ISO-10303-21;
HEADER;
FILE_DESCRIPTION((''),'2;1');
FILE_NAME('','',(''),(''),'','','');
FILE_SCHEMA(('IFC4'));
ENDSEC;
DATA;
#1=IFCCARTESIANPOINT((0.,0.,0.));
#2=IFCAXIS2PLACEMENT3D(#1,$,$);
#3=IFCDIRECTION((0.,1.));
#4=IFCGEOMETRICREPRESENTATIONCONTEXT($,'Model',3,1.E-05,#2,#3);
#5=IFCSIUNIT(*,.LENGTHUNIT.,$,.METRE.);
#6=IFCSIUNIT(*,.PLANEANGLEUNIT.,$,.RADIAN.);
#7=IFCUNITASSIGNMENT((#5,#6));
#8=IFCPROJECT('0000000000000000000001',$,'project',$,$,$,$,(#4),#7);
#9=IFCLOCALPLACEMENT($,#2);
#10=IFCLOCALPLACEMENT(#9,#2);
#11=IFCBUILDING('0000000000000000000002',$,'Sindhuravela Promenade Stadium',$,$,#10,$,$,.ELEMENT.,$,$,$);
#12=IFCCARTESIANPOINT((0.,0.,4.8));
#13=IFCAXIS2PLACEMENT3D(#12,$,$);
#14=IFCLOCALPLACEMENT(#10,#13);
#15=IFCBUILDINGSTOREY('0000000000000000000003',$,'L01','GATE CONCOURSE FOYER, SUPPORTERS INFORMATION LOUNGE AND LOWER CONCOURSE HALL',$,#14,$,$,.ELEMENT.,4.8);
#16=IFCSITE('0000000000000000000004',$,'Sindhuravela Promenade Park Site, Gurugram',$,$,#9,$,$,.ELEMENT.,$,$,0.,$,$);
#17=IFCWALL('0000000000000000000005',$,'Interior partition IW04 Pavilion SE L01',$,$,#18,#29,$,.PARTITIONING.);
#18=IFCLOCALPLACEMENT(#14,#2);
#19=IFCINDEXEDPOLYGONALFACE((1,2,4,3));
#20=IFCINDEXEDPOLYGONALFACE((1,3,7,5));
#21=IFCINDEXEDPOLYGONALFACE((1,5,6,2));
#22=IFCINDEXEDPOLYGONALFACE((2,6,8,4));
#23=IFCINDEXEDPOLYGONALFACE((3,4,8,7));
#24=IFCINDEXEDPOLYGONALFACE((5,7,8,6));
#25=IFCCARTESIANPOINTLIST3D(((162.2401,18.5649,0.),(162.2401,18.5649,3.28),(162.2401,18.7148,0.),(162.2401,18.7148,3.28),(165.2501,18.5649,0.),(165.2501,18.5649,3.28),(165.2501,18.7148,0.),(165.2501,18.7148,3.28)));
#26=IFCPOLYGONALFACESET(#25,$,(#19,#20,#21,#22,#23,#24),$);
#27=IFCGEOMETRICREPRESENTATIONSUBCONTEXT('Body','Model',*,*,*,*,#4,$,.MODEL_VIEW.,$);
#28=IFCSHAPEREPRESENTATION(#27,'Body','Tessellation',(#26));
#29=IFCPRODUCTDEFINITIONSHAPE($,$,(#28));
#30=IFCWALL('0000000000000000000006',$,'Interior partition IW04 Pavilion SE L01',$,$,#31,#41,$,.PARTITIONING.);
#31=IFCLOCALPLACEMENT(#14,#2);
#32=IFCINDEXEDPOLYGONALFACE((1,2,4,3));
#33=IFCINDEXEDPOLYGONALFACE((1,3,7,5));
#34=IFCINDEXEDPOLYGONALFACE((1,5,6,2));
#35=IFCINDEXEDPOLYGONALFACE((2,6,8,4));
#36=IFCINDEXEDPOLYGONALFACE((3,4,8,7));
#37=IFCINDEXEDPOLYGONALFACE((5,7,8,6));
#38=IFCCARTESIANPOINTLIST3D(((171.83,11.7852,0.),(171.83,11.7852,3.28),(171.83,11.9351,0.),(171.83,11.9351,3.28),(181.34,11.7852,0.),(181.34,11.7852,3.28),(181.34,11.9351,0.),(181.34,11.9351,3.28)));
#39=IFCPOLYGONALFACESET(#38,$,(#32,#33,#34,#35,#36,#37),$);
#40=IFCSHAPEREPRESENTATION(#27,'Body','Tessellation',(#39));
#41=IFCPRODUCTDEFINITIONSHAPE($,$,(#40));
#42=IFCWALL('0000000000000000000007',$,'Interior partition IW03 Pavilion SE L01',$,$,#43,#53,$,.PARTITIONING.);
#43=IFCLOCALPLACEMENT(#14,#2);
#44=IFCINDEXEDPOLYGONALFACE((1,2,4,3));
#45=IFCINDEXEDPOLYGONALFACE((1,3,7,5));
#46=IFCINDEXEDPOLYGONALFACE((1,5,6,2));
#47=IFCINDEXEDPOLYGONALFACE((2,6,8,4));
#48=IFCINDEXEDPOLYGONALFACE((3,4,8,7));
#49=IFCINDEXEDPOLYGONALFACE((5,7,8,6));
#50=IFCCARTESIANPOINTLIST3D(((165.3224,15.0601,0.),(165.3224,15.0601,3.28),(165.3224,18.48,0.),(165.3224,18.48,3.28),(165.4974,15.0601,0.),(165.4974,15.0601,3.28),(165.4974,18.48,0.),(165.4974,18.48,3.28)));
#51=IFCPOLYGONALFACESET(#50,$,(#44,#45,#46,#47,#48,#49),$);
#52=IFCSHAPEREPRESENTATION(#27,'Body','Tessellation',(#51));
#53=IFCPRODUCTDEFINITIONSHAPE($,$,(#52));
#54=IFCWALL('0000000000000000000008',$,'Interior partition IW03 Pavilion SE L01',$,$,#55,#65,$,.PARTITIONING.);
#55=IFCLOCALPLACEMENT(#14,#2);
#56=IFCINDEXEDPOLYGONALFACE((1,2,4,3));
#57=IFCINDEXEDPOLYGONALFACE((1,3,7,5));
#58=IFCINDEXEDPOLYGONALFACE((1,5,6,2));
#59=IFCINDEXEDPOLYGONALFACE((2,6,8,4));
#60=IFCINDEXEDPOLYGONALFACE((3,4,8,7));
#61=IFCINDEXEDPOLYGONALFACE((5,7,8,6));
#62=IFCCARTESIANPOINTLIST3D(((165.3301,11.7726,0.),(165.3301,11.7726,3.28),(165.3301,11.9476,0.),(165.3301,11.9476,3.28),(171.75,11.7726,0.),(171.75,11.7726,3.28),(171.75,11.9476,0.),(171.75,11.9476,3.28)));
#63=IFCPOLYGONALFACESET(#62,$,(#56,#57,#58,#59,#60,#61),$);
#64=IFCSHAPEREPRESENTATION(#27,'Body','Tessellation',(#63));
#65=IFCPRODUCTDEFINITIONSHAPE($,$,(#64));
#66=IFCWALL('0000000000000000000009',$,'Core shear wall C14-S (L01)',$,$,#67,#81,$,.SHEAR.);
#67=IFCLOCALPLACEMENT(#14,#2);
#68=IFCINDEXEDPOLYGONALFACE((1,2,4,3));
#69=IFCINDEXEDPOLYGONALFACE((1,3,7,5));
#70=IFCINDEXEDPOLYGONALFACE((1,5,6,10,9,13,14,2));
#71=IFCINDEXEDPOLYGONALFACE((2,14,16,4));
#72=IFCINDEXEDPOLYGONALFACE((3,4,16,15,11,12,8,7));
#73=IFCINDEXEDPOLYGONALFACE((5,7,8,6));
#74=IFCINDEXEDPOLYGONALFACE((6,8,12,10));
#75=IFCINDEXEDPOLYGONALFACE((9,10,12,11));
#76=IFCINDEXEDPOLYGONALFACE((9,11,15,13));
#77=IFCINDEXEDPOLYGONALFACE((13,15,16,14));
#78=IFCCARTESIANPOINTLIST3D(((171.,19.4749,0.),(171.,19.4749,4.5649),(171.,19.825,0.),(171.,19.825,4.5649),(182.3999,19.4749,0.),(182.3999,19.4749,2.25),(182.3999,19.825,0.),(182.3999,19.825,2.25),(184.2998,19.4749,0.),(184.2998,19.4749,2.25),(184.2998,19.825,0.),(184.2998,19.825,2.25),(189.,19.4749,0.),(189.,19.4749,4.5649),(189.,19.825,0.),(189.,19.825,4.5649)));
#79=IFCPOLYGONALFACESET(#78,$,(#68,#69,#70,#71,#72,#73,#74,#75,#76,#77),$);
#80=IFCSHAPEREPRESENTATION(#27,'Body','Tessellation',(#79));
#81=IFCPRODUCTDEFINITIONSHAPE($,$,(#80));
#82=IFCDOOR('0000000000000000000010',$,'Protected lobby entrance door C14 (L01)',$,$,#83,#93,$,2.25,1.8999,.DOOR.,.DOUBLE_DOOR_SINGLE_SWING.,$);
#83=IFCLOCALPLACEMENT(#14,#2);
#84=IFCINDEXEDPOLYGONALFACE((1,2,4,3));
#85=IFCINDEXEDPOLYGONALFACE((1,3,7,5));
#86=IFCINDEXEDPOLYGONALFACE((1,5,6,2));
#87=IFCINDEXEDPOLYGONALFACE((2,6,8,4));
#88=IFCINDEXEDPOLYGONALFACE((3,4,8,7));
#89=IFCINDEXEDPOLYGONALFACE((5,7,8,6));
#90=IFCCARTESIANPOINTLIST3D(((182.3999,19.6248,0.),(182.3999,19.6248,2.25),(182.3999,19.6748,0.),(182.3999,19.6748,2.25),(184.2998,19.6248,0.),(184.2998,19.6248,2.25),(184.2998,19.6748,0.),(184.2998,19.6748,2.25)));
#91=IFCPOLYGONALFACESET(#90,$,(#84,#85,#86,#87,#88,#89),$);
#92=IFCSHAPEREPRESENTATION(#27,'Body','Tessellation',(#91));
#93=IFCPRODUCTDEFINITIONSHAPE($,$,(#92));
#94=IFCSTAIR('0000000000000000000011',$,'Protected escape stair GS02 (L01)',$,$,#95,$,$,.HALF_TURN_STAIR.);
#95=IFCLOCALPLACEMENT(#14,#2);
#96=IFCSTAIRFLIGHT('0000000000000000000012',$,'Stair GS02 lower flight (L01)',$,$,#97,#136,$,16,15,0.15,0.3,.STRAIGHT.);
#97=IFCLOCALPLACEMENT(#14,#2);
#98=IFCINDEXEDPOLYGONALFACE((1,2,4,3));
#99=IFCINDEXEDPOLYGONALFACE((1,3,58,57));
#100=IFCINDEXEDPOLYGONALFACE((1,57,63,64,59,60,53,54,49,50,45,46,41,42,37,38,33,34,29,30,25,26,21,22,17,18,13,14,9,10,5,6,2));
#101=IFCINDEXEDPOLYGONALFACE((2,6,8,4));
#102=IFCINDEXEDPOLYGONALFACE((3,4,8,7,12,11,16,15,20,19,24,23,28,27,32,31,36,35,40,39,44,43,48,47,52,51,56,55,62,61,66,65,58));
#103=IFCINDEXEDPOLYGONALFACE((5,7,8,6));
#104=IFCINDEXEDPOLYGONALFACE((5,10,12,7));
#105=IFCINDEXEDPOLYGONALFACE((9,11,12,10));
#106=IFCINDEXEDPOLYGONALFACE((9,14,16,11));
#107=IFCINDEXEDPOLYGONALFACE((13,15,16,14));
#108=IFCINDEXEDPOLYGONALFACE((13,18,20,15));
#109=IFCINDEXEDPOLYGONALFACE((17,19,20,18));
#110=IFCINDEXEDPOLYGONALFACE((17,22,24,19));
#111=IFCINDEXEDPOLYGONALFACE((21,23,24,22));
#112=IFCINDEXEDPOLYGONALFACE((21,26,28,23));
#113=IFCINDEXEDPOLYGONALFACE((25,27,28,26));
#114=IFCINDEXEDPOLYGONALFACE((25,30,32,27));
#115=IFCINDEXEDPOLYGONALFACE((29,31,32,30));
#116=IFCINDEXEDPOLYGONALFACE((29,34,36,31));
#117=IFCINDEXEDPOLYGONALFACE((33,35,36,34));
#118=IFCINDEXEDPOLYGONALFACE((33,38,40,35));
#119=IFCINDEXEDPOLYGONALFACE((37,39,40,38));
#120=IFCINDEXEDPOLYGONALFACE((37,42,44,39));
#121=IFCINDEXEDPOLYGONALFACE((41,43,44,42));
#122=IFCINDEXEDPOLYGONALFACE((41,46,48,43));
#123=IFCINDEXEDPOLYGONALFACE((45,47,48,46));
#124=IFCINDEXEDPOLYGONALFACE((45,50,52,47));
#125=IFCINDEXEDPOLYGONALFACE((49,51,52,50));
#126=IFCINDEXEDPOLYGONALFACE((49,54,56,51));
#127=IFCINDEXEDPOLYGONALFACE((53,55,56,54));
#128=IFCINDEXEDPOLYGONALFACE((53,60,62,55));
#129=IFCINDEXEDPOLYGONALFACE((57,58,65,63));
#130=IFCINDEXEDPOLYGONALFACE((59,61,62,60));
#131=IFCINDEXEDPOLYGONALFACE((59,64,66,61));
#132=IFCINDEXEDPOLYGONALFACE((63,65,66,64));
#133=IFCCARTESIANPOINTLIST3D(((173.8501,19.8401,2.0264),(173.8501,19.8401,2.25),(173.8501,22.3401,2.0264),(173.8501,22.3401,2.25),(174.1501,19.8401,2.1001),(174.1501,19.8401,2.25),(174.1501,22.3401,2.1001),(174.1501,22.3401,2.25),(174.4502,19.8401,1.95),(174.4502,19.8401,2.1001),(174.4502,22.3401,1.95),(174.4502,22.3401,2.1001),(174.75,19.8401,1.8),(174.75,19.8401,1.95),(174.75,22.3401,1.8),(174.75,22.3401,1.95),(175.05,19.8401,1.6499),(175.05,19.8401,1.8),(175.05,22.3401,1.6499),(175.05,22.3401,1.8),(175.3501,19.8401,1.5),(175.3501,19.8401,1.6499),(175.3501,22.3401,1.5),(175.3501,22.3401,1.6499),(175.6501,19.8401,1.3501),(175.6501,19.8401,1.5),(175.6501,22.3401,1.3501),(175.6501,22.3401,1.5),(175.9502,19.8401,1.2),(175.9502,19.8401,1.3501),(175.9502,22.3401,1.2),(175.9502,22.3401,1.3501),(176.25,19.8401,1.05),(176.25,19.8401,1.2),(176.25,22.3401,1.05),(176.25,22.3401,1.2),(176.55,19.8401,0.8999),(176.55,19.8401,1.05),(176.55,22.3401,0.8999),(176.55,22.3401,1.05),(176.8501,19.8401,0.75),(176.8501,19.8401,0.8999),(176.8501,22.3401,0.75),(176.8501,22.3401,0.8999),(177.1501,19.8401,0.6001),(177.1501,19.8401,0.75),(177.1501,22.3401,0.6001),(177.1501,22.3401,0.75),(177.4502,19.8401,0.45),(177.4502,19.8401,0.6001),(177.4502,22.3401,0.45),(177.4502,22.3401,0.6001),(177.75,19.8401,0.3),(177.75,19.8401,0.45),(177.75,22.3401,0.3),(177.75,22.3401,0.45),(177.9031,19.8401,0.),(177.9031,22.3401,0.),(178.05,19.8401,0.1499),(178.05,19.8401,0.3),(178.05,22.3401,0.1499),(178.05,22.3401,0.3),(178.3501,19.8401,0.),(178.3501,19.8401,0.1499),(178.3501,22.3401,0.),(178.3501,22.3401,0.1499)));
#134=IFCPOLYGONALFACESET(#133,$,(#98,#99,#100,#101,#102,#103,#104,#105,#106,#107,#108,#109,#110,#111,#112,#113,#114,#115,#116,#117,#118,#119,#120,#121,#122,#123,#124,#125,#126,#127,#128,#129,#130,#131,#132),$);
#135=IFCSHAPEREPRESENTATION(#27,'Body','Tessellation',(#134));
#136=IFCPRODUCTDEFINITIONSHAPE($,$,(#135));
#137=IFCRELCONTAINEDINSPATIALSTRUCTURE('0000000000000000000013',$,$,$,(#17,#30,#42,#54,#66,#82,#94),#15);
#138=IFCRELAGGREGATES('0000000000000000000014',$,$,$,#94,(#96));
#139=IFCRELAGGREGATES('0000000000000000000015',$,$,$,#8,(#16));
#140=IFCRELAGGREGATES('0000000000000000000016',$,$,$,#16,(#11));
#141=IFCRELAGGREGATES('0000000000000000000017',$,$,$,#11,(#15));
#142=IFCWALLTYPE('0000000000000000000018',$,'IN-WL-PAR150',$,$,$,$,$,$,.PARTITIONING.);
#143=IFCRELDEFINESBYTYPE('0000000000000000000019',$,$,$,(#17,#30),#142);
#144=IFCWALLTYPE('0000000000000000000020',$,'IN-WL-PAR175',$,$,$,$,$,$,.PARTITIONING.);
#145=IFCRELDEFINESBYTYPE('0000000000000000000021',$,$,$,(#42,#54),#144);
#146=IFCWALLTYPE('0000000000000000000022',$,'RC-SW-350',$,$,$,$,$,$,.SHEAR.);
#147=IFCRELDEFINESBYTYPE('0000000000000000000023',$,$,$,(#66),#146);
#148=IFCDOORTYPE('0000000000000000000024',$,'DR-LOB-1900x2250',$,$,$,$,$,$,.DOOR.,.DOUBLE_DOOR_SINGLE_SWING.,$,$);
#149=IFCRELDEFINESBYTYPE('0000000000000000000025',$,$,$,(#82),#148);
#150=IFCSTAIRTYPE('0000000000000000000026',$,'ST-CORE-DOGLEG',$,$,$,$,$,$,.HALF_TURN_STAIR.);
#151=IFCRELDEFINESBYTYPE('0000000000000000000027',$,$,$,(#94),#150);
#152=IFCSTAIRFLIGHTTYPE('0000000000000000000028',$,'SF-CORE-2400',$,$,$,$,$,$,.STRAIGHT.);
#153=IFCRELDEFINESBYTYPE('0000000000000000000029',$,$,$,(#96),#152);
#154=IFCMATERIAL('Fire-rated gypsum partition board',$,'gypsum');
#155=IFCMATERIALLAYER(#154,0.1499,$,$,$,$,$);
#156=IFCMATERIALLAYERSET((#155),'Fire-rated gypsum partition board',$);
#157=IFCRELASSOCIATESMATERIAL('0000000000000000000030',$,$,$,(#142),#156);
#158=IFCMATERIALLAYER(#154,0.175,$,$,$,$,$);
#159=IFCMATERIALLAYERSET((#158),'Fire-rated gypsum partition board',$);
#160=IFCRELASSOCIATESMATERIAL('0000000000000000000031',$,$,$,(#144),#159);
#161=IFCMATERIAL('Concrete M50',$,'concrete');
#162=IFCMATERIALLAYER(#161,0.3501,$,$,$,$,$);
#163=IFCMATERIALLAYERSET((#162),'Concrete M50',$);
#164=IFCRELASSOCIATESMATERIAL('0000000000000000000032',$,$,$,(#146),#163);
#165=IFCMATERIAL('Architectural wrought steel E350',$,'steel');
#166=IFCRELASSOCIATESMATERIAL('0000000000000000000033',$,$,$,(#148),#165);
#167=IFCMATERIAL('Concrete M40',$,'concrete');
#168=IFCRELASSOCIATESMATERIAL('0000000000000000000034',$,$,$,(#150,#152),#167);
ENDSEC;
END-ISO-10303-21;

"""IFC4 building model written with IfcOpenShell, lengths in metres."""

from ifc_helpers import new_model, si_unit, direction, frame, frame_2d, origin, place, context, subcontext, project, spatial, polyline, rectangle, outline, extrude, material, layer, layer_set, type_object, element, fill, aggregate, save


model = new_model("IFC4")

# Units and contexts
model_context = context("Model", 3, precision=1e-05, world=origin(), true_north=direction((0.0, 1.0)))
body_context = subcontext(model_context, "Body", "Model", "MODEL_VIEW")
ifc_project = project(units=[si_unit("LENGTHUNIT", "METRE"), si_unit("PLANEANGLEUNIT", "RADIAN")], contexts=[model_context])

# Site, building, storey
site_placement = place(None, origin())
site = spatial("IfcSite", under=ifc_project, at=site_placement, Name="Sindhuravela Promenade Park Site, Gurugram", CompositionType="ELEMENT", RefElevation=0.0)
building_placement = place(site_placement, origin())
building = spatial("IfcBuilding", under=site, at=building_placement, Name="Sindhuravela Promenade Stadium", CompositionType="ELEMENT")
storey_placement = place(building_placement, frame((0.0, 0.0, 4.8)))
storey = spatial("IfcBuildingStorey", under=building, at=storey_placement, Name="L01", Description="GATE CONCOURSE FOYER, SUPPORTERS INFORMATION LOUNGE AND LOWER CONCOURSE HALL", CompositionType="ELEMENT", Elevation=4.8)

# Shared definitions
ifc_material_1 = material(Name="Concrete M40", Category="concrete")

# Walls
ifc_material_2 = material(Name="Fire-rated gypsum partition board", Category="gypsum")
ifc_layer_1 = layer(ifc_material_2, 0.1499)
ifc_layer_set_1 = layer_set([ifc_layer_1], Name="Fire-rated gypsum partition board")
wall_type_1 = type_object("IfcWallType", Name="IN-WL-PAR150", PredefinedType="PARTITIONING", material=ifc_layer_set_1)
wall_1_placement = place(storey_placement, frame((165.25, 18.6399, 0.0), z_axis=(0.0, 0.0, 1.0), x_axis=(-1.0, 0.0, 0.0)))
element("IfcWall", 1, at=wall_1_placement, inside=storey, type_object=wall_type_1, Name="Interior partition IW04 Pavilion SE L01", PredefinedType="PARTITIONING", context=body_context, shape_type="SweptSolid", body=[
    extrude(rectangle(XDim=3.01, YDim=0.1499, at=frame_2d((1.5049, 0.0))), origin(), (0.0, 0.0, 1.0), 3.28),
])
wall_2_placement = place(storey_placement, frame((171.8301, 11.8601, 0.0), z_axis=(0.0, 0.0, 1.0), x_axis=(1.0, 0.0, 0.0)))
element("IfcWall", 2, at=wall_2_placement, inside=storey, type_object=wall_type_1, Name="Interior partition IW04 Pavilion SE L01", PredefinedType="PARTITIONING", context=body_context, shape_type="SweptSolid", body=[
    extrude(rectangle(XDim=9.51, YDim=0.1499, at=frame_2d((4.7549, 0.0))), origin(), (0.0, 0.0, 1.0), 3.28),
])
ifc_layer_2 = layer(ifc_material_2, 0.175)
ifc_layer_set_2 = layer_set([ifc_layer_2], Name="Fire-rated gypsum partition board")
wall_type_2 = type_object("IfcWallType", Name="IN-WL-PAR175", PredefinedType="PARTITIONING", material=ifc_layer_set_2)
wall_3_placement = place(storey_placement, frame((165.4099, 15.0601, 0.0), z_axis=(0.0, 0.0, 1.0), x_axis=(0.0, 1.0, 0.0)))
element("IfcWall", 3, at=wall_3_placement, inside=storey, type_object=wall_type_2, Name="Interior partition IW03 Pavilion SE L01", PredefinedType="PARTITIONING", context=body_context, shape_type="SweptSolid", body=[
    extrude(rectangle(XDim=3.4199, YDim=0.175, at=frame_2d((1.71, 0.0))), origin(), (0.0, 0.0, 1.0), 3.28),
])
wall_4_placement = place(storey_placement, frame((165.3301, 11.8601, 0.0), z_axis=(0.0, 0.0, 1.0), x_axis=(1.0, 0.0, 0.0)))
element("IfcWall", 4, at=wall_4_placement, inside=storey, type_object=wall_type_2, Name="Interior partition IW03 Pavilion SE L01", PredefinedType="PARTITIONING", context=body_context, shape_type="SweptSolid", body=[
    extrude(rectangle(XDim=6.4199, YDim=0.175, at=frame_2d((3.21, 0.0))), origin(), (0.0, 0.0, 1.0), 3.28),
])

# Wall, opening, door
ifc_material_3 = material(Name="Concrete M50", Category="concrete")
ifc_layer_3 = layer(ifc_material_3, 0.3501)
ifc_layer_set_3 = layer_set([ifc_layer_3], Name="Concrete M50")
wall_type_3 = type_object("IfcWallType", Name="RC-SW-350", PredefinedType="SHEAR", material=ifc_layer_set_3)
wall_5_placement = place(storey_placement, frame((171.0, 19.6499, 0.0), z_axis=(0.0, 0.0, 1.0), x_axis=(1.0, 0.0, 0.0)))
wall_5 = element("IfcWall", 5, at=wall_5_placement, inside=storey, type_object=wall_type_3, Name="Core shear wall C14-S (L01)", PredefinedType="SHEAR", context=body_context, shape_type="SweptSolid", body=[
    extrude(rectangle(XDim=18.0, YDim=0.3501, at=frame_2d((9.0, 0.0))), origin(), (0.0, 0.0, 1.0), 4.5649),
])
opening_1_placement = place(wall_5_placement, frame((11.3999, 0.0, 0.0)))
opening_1 = element("IfcOpeningElement", 6, at=opening_1_placement, cuts=wall_5, PredefinedType="OPENING", context=body_context, shape_type="SweptSolid", body=[
    extrude(rectangle(XDim=1.8999, YDim=2.25, at=frame_2d((0.95, 1.125))), frame((0.0, 0.1851, 0.0), z_axis=(0.0, -1.0, 0.0), x_axis=(1.0, 0.0, 0.0)), (0.0, 0.0, 1.0), 0.3701),
])
ifc_material_4 = material(Name="Architectural wrought steel E350", Category="steel")
door_type_1 = type_object("IfcDoorType", Name="DR-LOB-1900x2250", OperationType="DOUBLE_DOOR_SINGLE_SWING", PredefinedType="DOOR", material=ifc_material_4)
door_1_placement = place(opening_1_placement, origin())
door_1 = element("IfcDoor", 7, at=door_1_placement, inside=storey, type_object=door_type_1, Name="Protected lobby entrance door C14 (L01)", OperationType="DOUBLE_DOOR_SINGLE_SWING", OverallHeight=2.25, OverallWidth=1.8999, PredefinedType="DOOR", context=body_context, shape_type="SweptSolid", body=[
    extrude(rectangle(XDim=1.8999, YDim=2.25, at=frame_2d((0.95, 1.125))), frame((0.0, 0.0249, 0.0), z_axis=(0.0, -1.0, 0.0), x_axis=(1.0, 0.0, 0.0)), (0.0, 0.0, 1.0), 0.05),
])
fill(opening_1, door_1)

# Stair, stair flight
stair_type = type_object("IfcStairType", Name="ST-CORE-DOGLEG", PredefinedType="HALF_TURN_STAIR", material=ifc_material_1)
stair_placement = place(storey_placement, origin())
stair = element("IfcStair", 8, at=stair_placement, inside=storey, type_object=stair_type, Name="Protected escape stair GS02 (L01)", PredefinedType="HALF_TURN_STAIR")
stair_flight_type = type_object("IfcStairFlightType", Name="SF-CORE-2400", PredefinedType="STRAIGHT", material=ifc_material_1)
stair_flight_placement = place(storey_placement, frame((178.3501, 21.0901, 0.0), z_axis=(0.0, 0.0, 1.0), x_axis=(-1.0, 0.0, 0.0)))
stair_flight = element("IfcStairFlight", 9, at=stair_flight_placement, type_object=stair_flight_type, Name="Stair GS02 lower flight (L01)", NumberOfRisers=16, NumberOfTreads=15, PredefinedType="STRAIGHT", RiserHeight=0.15, TreadLength=0.3, context=body_context, shape_type="SweptSolid", body=[
    extrude(outline(polyline([(0.0, 0.0), (0.0, 0.1499), (0.3, 0.1499), (0.3, 0.3), (0.6001, 0.3), (0.6001, 0.45), (0.8999, 0.45), (0.8999, 0.6001), (1.2, 0.6001), (1.2, 0.75), (1.5, 0.75), (1.5, 0.8999), (1.8, 0.8999), (1.8, 1.05), (2.1001, 1.05), (2.1001, 1.2), (2.3999, 1.2), (2.3999, 1.3501), (2.7, 1.3501), (2.7, 1.5), (3.0, 1.5), (3.0, 1.6499), (3.3, 1.6499), (3.3, 1.8), (3.6001, 1.8), (3.6001, 1.95), (3.8999, 1.95), (3.8999, 2.1001), (4.2, 2.1001), (4.2, 2.25), (4.5, 2.25), (4.5, 2.3999), (4.5, 2.0264), (0.447, 0.0), (0.0, 0.0)])), frame((0.0, 1.25, 0.0), z_axis=(0.0, -1.0, 0.0), x_axis=(1.0, 0.0, 0.0)), (0.0, 0.0, 1.0), 2.5),
])
aggregate(stair, [stair_flight])

save(model, "model.ifc")
